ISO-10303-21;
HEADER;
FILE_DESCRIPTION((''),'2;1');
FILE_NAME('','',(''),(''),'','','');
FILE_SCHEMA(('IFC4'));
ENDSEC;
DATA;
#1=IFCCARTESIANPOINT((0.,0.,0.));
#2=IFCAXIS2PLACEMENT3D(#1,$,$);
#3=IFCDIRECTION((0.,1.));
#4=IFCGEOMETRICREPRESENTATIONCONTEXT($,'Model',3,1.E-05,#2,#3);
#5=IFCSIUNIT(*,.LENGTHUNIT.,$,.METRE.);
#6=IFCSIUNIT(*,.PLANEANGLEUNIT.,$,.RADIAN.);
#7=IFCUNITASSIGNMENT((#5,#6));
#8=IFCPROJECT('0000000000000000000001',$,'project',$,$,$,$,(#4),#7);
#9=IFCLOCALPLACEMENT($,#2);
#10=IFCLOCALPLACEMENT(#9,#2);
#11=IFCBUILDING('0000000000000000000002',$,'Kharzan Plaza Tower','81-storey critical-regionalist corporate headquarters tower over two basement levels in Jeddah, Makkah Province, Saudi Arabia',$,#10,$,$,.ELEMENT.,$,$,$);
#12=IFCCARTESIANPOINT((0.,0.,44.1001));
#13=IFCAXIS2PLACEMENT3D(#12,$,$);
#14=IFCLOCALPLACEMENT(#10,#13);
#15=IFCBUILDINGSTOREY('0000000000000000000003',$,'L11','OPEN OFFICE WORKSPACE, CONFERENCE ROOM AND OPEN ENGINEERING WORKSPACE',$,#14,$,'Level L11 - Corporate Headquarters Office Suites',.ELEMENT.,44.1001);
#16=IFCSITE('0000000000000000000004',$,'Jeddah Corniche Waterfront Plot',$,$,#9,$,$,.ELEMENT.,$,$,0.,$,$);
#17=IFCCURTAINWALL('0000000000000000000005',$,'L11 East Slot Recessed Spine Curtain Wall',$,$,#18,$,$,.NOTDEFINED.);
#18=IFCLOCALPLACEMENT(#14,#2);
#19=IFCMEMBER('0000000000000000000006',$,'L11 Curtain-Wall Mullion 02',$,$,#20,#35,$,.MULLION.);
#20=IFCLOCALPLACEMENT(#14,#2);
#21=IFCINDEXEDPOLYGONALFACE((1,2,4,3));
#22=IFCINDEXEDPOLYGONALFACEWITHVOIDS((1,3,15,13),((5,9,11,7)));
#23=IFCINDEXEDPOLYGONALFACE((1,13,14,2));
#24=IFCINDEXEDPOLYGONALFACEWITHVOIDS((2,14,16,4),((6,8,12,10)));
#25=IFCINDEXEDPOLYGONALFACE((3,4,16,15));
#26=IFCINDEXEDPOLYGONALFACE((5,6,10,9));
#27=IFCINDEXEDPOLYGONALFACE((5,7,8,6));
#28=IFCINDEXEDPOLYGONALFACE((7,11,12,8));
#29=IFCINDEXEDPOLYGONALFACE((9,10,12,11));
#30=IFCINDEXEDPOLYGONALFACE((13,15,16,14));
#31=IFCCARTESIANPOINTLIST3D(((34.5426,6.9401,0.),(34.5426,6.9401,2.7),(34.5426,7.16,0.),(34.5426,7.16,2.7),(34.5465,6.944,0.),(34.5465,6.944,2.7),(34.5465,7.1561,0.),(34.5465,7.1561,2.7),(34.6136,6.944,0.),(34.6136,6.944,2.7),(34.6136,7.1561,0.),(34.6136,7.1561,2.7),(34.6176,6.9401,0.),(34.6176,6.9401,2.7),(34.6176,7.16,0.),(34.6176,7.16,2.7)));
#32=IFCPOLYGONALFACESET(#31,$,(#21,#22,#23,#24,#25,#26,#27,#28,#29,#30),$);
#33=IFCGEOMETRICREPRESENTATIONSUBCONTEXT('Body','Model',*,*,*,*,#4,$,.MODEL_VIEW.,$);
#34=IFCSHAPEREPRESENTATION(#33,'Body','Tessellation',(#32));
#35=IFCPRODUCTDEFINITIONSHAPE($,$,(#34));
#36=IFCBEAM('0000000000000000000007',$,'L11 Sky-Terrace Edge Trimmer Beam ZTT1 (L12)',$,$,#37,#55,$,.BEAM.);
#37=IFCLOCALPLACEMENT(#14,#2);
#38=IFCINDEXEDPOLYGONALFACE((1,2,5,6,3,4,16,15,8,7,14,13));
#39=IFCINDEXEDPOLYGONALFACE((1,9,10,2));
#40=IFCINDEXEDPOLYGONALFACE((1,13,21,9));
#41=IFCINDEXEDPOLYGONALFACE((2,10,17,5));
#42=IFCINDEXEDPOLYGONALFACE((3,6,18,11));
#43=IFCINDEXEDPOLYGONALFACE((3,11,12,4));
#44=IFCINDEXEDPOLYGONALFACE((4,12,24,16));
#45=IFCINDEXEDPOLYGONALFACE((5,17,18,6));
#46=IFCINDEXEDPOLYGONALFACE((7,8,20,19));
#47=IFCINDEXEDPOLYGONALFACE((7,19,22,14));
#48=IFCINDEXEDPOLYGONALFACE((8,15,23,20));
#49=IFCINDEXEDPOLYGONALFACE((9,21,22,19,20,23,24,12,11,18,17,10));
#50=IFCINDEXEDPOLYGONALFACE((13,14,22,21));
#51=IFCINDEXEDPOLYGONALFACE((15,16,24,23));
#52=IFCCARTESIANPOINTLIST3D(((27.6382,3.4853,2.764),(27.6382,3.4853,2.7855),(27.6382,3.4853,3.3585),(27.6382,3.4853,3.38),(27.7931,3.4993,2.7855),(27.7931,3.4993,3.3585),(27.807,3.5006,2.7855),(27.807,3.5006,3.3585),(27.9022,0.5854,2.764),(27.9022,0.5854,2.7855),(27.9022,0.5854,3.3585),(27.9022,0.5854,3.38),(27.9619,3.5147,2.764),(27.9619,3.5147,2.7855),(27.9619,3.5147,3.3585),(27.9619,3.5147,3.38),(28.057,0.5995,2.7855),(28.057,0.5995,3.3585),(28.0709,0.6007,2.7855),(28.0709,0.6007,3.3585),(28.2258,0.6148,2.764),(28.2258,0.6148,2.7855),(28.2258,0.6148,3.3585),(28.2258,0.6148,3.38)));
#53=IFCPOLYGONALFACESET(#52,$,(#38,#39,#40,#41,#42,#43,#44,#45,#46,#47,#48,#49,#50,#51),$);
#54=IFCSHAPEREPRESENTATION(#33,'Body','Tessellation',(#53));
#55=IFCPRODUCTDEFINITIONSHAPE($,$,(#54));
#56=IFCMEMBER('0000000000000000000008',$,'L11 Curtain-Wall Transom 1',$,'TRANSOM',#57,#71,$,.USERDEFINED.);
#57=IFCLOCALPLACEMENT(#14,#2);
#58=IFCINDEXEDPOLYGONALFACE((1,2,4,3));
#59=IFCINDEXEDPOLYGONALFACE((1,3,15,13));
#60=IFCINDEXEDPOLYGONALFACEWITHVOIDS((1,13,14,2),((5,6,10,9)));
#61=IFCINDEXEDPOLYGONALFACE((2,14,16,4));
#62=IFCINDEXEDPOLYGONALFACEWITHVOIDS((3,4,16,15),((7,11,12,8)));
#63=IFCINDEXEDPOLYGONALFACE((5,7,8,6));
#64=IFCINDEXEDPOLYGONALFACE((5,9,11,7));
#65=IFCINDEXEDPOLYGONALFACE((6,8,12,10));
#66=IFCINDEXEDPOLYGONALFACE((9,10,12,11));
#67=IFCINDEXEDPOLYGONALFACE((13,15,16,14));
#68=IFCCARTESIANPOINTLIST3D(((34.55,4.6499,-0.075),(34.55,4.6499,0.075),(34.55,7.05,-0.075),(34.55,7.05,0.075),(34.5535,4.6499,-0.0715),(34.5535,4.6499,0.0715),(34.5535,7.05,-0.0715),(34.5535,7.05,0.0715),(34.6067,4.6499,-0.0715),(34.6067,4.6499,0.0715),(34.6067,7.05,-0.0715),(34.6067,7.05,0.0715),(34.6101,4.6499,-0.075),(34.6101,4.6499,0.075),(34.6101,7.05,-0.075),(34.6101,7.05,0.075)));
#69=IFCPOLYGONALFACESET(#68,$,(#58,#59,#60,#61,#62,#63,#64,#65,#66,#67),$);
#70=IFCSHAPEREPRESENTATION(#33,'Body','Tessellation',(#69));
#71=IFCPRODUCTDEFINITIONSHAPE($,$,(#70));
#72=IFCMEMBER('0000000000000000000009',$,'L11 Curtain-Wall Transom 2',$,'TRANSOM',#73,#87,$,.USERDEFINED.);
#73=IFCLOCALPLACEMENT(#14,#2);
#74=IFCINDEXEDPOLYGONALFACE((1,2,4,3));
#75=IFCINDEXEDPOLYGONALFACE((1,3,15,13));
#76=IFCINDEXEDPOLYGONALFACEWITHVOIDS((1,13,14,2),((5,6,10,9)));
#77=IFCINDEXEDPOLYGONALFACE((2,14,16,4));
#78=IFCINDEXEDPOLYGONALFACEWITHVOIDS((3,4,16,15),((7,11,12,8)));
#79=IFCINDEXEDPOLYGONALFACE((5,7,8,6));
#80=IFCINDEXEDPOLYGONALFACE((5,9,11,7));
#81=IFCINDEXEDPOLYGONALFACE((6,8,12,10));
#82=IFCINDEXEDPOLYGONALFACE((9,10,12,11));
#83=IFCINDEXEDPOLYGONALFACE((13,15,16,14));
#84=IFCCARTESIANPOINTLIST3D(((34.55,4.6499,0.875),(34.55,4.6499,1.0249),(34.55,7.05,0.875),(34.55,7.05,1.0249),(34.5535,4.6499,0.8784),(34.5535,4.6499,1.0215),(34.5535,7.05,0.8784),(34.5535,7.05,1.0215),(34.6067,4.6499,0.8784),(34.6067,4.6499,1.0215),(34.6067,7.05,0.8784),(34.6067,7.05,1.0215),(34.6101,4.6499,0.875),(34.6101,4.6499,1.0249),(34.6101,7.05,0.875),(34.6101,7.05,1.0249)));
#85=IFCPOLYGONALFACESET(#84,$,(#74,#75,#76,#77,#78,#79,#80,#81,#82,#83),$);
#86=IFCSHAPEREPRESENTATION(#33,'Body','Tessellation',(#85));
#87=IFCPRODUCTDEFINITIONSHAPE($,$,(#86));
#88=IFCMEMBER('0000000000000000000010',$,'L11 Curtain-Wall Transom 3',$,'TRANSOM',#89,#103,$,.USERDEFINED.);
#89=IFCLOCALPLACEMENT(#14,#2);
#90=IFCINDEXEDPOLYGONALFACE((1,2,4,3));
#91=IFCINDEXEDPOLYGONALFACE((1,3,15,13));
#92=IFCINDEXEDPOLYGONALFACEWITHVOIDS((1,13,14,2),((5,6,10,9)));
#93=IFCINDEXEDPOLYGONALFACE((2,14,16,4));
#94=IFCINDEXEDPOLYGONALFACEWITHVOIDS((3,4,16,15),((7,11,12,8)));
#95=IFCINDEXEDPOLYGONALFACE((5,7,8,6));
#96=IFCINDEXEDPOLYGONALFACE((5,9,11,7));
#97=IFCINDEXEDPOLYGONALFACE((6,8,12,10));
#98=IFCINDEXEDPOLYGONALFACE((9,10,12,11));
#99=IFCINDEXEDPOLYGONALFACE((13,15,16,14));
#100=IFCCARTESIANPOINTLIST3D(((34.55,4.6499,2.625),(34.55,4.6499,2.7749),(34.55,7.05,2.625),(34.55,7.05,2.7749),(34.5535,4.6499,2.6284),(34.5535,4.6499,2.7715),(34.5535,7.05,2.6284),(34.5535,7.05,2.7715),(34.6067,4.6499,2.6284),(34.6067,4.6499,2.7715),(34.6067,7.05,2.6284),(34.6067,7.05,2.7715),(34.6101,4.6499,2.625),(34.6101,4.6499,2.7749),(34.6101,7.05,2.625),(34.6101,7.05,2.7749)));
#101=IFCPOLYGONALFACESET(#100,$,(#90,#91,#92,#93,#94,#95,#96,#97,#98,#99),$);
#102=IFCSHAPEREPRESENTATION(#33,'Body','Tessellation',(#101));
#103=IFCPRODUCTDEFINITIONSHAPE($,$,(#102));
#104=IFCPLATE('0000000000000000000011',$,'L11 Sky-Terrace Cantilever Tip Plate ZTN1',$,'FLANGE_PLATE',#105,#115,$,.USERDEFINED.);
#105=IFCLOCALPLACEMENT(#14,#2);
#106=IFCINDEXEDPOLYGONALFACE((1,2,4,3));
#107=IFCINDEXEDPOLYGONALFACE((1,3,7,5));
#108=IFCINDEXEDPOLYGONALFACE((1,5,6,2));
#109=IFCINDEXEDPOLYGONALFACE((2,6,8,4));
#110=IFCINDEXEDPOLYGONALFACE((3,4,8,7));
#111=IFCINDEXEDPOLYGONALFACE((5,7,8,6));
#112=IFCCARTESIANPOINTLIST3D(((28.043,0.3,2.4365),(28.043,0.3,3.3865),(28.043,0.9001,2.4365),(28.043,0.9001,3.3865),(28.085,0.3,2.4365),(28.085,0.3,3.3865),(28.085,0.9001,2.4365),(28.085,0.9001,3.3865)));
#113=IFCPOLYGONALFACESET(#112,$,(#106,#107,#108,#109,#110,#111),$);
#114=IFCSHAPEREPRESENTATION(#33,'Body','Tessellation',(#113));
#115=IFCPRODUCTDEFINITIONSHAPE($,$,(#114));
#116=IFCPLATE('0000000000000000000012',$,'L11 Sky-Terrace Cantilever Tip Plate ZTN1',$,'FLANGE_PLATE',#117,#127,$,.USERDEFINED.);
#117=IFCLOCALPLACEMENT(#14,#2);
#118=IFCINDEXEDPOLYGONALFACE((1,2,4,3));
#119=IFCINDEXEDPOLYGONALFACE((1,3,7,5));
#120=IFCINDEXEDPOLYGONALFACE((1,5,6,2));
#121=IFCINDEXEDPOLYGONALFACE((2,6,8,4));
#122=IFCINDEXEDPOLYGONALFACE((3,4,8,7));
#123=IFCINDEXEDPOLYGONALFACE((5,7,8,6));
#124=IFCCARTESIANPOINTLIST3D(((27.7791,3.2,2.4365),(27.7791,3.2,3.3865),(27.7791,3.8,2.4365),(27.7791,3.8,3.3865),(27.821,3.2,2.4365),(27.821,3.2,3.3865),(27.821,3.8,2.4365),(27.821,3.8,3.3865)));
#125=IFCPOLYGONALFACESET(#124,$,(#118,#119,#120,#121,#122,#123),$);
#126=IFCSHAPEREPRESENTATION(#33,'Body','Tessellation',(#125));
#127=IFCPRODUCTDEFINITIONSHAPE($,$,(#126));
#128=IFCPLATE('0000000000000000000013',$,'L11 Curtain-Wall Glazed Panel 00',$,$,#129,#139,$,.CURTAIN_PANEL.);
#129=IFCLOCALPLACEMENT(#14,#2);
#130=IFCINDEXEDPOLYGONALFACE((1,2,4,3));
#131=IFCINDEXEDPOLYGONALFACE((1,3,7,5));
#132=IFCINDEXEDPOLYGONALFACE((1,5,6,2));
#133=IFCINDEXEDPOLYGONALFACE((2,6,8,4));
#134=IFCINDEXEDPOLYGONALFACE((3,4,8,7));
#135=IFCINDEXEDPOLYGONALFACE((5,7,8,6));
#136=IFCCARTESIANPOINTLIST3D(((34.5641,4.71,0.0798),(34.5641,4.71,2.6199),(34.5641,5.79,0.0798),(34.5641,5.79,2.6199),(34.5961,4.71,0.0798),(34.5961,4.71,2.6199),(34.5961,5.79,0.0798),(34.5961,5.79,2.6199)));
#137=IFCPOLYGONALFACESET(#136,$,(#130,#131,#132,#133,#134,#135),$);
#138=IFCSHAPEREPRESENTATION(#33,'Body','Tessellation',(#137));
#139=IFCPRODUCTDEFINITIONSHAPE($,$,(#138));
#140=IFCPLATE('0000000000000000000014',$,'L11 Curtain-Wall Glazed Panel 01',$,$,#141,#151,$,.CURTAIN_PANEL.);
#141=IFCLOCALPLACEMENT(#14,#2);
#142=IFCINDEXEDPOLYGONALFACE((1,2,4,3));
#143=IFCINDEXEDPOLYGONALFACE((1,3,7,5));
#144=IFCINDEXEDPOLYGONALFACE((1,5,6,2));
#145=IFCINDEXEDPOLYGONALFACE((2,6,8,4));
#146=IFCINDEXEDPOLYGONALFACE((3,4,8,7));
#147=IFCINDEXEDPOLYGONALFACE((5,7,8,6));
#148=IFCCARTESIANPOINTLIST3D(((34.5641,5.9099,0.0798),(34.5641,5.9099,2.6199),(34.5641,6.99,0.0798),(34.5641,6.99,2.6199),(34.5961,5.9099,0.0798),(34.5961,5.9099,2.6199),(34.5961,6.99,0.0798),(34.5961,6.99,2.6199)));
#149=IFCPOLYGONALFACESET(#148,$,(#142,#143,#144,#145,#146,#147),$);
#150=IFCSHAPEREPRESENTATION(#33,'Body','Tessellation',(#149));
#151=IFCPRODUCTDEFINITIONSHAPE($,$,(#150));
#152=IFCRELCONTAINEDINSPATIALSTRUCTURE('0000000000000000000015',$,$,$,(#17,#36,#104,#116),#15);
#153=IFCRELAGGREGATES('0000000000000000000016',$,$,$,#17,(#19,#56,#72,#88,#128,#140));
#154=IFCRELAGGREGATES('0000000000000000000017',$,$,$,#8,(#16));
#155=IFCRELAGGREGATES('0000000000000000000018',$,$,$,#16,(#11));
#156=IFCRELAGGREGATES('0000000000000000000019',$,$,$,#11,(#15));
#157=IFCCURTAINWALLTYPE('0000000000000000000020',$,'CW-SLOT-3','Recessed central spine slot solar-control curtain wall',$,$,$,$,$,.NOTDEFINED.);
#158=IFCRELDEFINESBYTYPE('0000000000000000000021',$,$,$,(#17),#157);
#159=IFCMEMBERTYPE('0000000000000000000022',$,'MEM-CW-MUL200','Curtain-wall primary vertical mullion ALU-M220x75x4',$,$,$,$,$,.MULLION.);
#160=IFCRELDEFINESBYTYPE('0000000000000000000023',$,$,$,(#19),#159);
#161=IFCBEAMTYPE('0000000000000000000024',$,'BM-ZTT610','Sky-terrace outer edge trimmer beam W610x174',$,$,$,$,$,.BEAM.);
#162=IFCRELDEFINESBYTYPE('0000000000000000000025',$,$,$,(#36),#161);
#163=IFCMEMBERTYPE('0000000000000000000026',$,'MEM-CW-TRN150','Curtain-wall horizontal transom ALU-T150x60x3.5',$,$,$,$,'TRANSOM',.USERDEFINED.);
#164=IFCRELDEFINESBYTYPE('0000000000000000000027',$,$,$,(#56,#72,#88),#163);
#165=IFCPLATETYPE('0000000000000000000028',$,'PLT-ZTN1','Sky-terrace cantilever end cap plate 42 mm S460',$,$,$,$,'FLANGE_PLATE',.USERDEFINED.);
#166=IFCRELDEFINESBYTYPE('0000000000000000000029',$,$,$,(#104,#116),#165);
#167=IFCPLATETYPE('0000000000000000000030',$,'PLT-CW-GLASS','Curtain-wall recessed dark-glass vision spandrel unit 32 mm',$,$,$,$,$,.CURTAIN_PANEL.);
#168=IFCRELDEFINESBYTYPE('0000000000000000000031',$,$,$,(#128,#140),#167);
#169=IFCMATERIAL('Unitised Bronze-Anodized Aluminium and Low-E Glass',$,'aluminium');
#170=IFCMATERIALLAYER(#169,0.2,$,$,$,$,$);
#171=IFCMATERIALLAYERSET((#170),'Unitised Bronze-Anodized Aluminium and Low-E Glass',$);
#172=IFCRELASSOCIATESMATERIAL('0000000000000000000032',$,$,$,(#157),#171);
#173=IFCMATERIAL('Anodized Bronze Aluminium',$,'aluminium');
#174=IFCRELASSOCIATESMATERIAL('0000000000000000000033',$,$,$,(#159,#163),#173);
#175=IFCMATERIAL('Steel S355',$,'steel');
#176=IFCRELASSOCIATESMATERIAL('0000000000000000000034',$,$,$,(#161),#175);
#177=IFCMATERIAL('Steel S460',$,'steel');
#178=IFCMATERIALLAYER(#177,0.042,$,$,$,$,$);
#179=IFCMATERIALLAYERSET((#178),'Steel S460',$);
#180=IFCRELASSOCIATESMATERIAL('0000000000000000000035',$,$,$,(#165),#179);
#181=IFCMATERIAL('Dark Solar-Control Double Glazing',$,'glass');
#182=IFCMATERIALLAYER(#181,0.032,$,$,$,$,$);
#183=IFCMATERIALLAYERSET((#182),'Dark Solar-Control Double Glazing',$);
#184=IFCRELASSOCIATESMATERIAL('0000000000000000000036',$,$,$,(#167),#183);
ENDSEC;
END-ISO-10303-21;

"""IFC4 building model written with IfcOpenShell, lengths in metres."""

from ifc_helpers import new_model, si_unit, direction, frame, origin, origin_2d, place, context, subcontext, project, spatial, rectangle, hollow_rectangle, i_section, extrude, source, transform, mapped, material, layer, layer_set, material_profile, profile_set, type_object, element, aggregate, save


model = new_model("IFC4")

# Units and contexts
model_context = context("Model", 3, precision=1e-05, world=origin(), true_north=direction((0.0, 1.0)))
body_context = subcontext(model_context, "Body", "Model", "MODEL_VIEW")
ifc_project = project(units=[si_unit("LENGTHUNIT", "METRE"), si_unit("PLANEANGLEUNIT", "RADIAN")], contexts=[model_context])

# Site, building, storey
site_placement = place(None, origin())
site = spatial("IfcSite", under=ifc_project, at=site_placement, Name="Jeddah Corniche Waterfront Plot", CompositionType="ELEMENT", RefElevation=0.0)
building_placement = place(site_placement, origin())
building = spatial("IfcBuilding", under=site, at=building_placement, Name="Kharzan Plaza Tower", Description="81-storey critical-regionalist corporate headquarters tower over two basement levels in Jeddah, Makkah Province, Saudi Arabia", CompositionType="ELEMENT")
storey_placement = place(building_placement, frame((0.0, 0.0, 44.1001)))
storey = spatial("IfcBuildingStorey", under=building, at=storey_placement, Name="L11", Description="OPEN OFFICE WORKSPACE, CONFERENCE ROOM AND OPEN ENGINEERING WORKSPACE", LongName="Level L11 - Corporate Headquarters Office Suites", CompositionType="ELEMENT", Elevation=44.1001)

# Shared definitions
ifc_material_1 = material(Name="Steel S355", Category="steel")

# Curtain wall, member
ifc_material_2 = material(Name="Unitised Bronze-Anodized Aluminium and Low-E Glass", Category="aluminium")
ifc_layer_1 = layer(ifc_material_2, 0.2)
ifc_layer_set_1 = layer_set([ifc_layer_1], Name="Unitised Bronze-Anodized Aluminium and Low-E Glass")
curtain_wall_type = type_object("IfcCurtainWallType", Name="CW-SLOT-3", Description="Recessed central spine slot solar-control curtain wall", PredefinedType="NOTDEFINED", material=ifc_layer_set_1)
curtain_wall_placement = place(storey_placement, origin())
curtain_wall = element("IfcCurtainWall", 1, at=curtain_wall_placement, inside=storey, type_object=curtain_wall_type, Name="L11 East Slot Recessed Spine Curtain Wall", PredefinedType="NOTDEFINED")
ifc_material_3 = material(Name="Anodized Bronze Aluminium", Category="aluminium")
ifc_material_profile_1 = material_profile(ifc_material_3, hollow_rectangle(XDim=0.075, YDim=0.22, WallThickness=0.0039, at=origin_2d()), Name="ALU-M220x75x4")
ifc_profile_set_1 = profile_set([ifc_material_profile_1], Name="Anodized Bronze Aluminium")
member_type_1 = type_object("IfcMemberType", Name="MEM-CW-MUL200", Description="Curtain-wall primary vertical mullion ALU-M220x75x4", PredefinedType="MULLION", material=ifc_profile_set_1)
shared_shape_1 = source(origin(), body_context, "Body", "SweptSolid", [
    extrude(hollow_rectangle(XDim=0.075, YDim=0.22, WallThickness=0.0039, at=origin_2d()), origin(), (0.0, 0.0, 1.0), 2.7),
])
member_1_placement = place(storey_placement, frame((34.5801, 7.05, 0.0), z_axis=(0.0, 0.0, 1.0), x_axis=(1.0, 0.0, 0.0)))
member_1 = element("IfcMember", 2, at=member_1_placement, type_object=member_type_1, Name="L11 Curtain-Wall Mullion 02", PredefinedType="MULLION", context=body_context, shape_type="MappedRepresentation", body=[
    mapped(shared_shape_1, transform((0.0, 0.0, 0.0), x_axis=(1.0, 0.0, 0.0), y_axis=(0.0, 1.0, 0.0), z_axis=(0.0, 0.0, 1.0))),
])

# Beam
ifc_material_profile_2 = material_profile(ifc_material_1, i_section(OverallWidth=0.325, OverallDepth=0.616, WebThickness=0.0139, FlangeThickness=0.0215, at=origin_2d()), Name="W610x174")
ifc_profile_set_2 = profile_set([ifc_material_profile_2], Name="Steel S355")
beam_type_1 = type_object("IfcBeamType", Name="BM-ZTT610", Description="Sky-terrace outer edge trimmer beam W610x174", PredefinedType="BEAM", material=ifc_profile_set_2)
shared_shape_2 = source(origin(), body_context, "Body", "SweptSolid", [
    extrude(i_section(OverallWidth=0.325, OverallDepth=0.616, WebThickness=0.0139, FlangeThickness=0.0215, at=origin_2d()), origin(), (0.0, 0.0, 1.0), 2.9119),
])
beam_1_placement = place(storey_placement, frame((28.064, 0.6001, 3.072), z_axis=(-0.090634, 0.995884, 0.0), x_axis=(-0.995884, -0.090634, 0.0)))
element("IfcBeam", 3, at=beam_1_placement, inside=storey, type_object=beam_type_1, Name="L11 Sky-Terrace Edge Trimmer Beam ZTT1 (L12)", PredefinedType="BEAM", context=body_context, shape_type="MappedRepresentation", body=[
    mapped(shared_shape_2, transform((0.0, 0.0, 0.0), x_axis=(1.0, 0.0, 0.0), y_axis=(0.0, 1.0, 0.0), z_axis=(0.0, 0.0, 1.0))),
])

# Members
ifc_material_profile_3 = material_profile(ifc_material_3, hollow_rectangle(XDim=0.0601, YDim=0.1499, WallThickness=0.0034, at=origin_2d()), Name="ALU-T150x60x3.5")
ifc_profile_set_3 = profile_set([ifc_material_profile_3], Name="Anodized Bronze Aluminium")
member_type_2 = type_object("IfcMemberType", Name="MEM-CW-TRN150", Description="Curtain-wall horizontal transom ALU-T150x60x3.5", ElementType="TRANSOM", PredefinedType="USERDEFINED", material=ifc_profile_set_3)
shared_shape_3 = source(origin(), body_context, "Body", "SweptSolid", [
    extrude(hollow_rectangle(XDim=0.0601, YDim=0.1499, WallThickness=0.0034, at=origin_2d()), origin(), (0.0, 0.0, 1.0), 2.4001),
])
member_2_placement = place(storey_placement, frame((34.5801, 4.6499, 0.0), z_axis=(0.0, 1.0, 0.0), x_axis=(-1.0, 0.0, 0.0)))
member_2 = element("IfcMember", 4, at=member_2_placement, type_object=member_type_2, Name="L11 Curtain-Wall Transom 1", ObjectType="TRANSOM", PredefinedType="USERDEFINED", context=body_context, shape_type="MappedRepresentation", body=[
    mapped(shared_shape_3, transform((0.0, 0.0, 0.0), x_axis=(1.0, 0.0, 0.0), y_axis=(0.0, 1.0, 0.0), z_axis=(0.0, 0.0, 1.0))),
])
member_3_placement = place(storey_placement, frame((34.5801, 4.6499, 0.95), z_axis=(0.0, 1.0, 0.0), x_axis=(-1.0, 0.0, 0.0)))
member_3 = element("IfcMember", 5, at=member_3_placement, type_object=member_type_2, Name="L11 Curtain-Wall Transom 2", ObjectType="TRANSOM", PredefinedType="USERDEFINED", context=body_context, shape_type="MappedRepresentation", body=[
    mapped(shared_shape_3, transform((0.0, 0.0, 0.0), x_axis=(1.0, 0.0, 0.0), y_axis=(0.0, 1.0, 0.0), z_axis=(0.0, 0.0, 1.0))),
])
member_4_placement = place(storey_placement, frame((34.5801, 4.6499, 2.7), z_axis=(0.0, 1.0, 0.0), x_axis=(-1.0, 0.0, 0.0)))
member_4 = element("IfcMember", 6, at=member_4_placement, type_object=member_type_2, Name="L11 Curtain-Wall Transom 3", ObjectType="TRANSOM", PredefinedType="USERDEFINED", context=body_context, shape_type="MappedRepresentation", body=[
    mapped(shared_shape_3, transform((0.0, 0.0, 0.0), x_axis=(1.0, 0.0, 0.0), y_axis=(0.0, 1.0, 0.0), z_axis=(0.0, 0.0, 1.0))),
])

# Plates
ifc_material_4 = material(Name="Steel S460", Category="steel")
ifc_layer_2 = layer(ifc_material_4, 0.042)
ifc_layer_set_2 = layer_set([ifc_layer_2], Name="Steel S460")
plate_type_1 = type_object("IfcPlateType", Name="PLT-ZTN1", Description="Sky-terrace cantilever end cap plate 42 mm S460", ElementType="FLANGE_PLATE", PredefinedType="USERDEFINED", material=ifc_layer_set_2)
shared_shape_4 = source(origin(), body_context, "Body", "SweptSolid", [
    extrude(rectangle(XDim=0.6001, YDim=0.042, at=origin_2d()), origin(), (0.0, 0.0, 1.0), 0.95),
])
for number, where, z_axis, x_axis, name in (
    (7, (28.064, 0.6001, 2.4365), (0.0, 0.0, 1.0), (0.0, 1.0, 0.0), "L11 Sky-Terrace Cantilever Tip Plate ZTN1"),
    (8, (27.8, 3.5, 2.4365), (0.0, 0.0, 1.0), (0.0, 1.0, 0.0), "L11 Sky-Terrace Cantilever Tip Plate ZTN1"),
):
    element("IfcPlate", number, at=place(storey_placement, frame(where, z_axis=z_axis, x_axis=x_axis)), inside=storey, type_object=plate_type_1, Name=name, ObjectType="FLANGE_PLATE", PredefinedType="USERDEFINED", context=body_context, shape_type="MappedRepresentation", body=[
        mapped(shared_shape_4, transform((0.0, 0.0, 0.0), x_axis=(1.0, 0.0, 0.0), y_axis=(0.0, 1.0, 0.0), z_axis=(0.0, 0.0, 1.0))),
    ])

# Plates
ifc_material_5 = material(Name="Dark Solar-Control Double Glazing", Category="glass")
ifc_layer_3 = layer(ifc_material_5, 0.032)
ifc_layer_set_3 = layer_set([ifc_layer_3], Name="Dark Solar-Control Double Glazing")
plate_type_2 = type_object("IfcPlateType", Name="PLT-CW-GLASS", Description="Curtain-wall recessed dark-glass vision spandrel unit 32 mm", PredefinedType="CURTAIN_PANEL", material=ifc_layer_set_3)
shared_shape_5 = source(origin(), body_context, "Body", "SweptSolid", [
    extrude(rectangle(XDim=1.0801, YDim=0.032, at=origin_2d()), origin(), (0.0, 0.0, 1.0), 2.54),
])
plate_1_placement = place(storey_placement, frame((34.5801, 5.25, 0.0798), z_axis=(0.0, 0.0, 1.0), x_axis=(0.0, 1.0, 0.0)))
plate_1 = element("IfcPlate", 9, at=plate_1_placement, type_object=plate_type_2, Name="L11 Curtain-Wall Glazed Panel 00", PredefinedType="CURTAIN_PANEL", context=body_context, shape_type="MappedRepresentation", body=[
    mapped(shared_shape_5, transform((0.0, 0.0, 0.0), x_axis=(1.0, 0.0, 0.0), y_axis=(0.0, 1.0, 0.0), z_axis=(0.0, 0.0, 1.0))),
])
plate_2_placement = place(storey_placement, frame((34.5801, 6.45, 0.0798), z_axis=(0.0, 0.0, 1.0), x_axis=(0.0, 1.0, 0.0)))
plate_2 = element("IfcPlate", 10, at=plate_2_placement, type_object=plate_type_2, Name="L11 Curtain-Wall Glazed Panel 01", PredefinedType="CURTAIN_PANEL", context=body_context, shape_type="MappedRepresentation", body=[
    mapped(shared_shape_5, transform((0.0, 0.0, 0.0), x_axis=(1.0, 0.0, 0.0), y_axis=(0.0, 1.0, 0.0), z_axis=(0.0, 0.0, 1.0))),
])
aggregate(curtain_wall, [member_1, member_2, member_3, member_4, plate_1, plate_2])

save(model, "model.ifc")
